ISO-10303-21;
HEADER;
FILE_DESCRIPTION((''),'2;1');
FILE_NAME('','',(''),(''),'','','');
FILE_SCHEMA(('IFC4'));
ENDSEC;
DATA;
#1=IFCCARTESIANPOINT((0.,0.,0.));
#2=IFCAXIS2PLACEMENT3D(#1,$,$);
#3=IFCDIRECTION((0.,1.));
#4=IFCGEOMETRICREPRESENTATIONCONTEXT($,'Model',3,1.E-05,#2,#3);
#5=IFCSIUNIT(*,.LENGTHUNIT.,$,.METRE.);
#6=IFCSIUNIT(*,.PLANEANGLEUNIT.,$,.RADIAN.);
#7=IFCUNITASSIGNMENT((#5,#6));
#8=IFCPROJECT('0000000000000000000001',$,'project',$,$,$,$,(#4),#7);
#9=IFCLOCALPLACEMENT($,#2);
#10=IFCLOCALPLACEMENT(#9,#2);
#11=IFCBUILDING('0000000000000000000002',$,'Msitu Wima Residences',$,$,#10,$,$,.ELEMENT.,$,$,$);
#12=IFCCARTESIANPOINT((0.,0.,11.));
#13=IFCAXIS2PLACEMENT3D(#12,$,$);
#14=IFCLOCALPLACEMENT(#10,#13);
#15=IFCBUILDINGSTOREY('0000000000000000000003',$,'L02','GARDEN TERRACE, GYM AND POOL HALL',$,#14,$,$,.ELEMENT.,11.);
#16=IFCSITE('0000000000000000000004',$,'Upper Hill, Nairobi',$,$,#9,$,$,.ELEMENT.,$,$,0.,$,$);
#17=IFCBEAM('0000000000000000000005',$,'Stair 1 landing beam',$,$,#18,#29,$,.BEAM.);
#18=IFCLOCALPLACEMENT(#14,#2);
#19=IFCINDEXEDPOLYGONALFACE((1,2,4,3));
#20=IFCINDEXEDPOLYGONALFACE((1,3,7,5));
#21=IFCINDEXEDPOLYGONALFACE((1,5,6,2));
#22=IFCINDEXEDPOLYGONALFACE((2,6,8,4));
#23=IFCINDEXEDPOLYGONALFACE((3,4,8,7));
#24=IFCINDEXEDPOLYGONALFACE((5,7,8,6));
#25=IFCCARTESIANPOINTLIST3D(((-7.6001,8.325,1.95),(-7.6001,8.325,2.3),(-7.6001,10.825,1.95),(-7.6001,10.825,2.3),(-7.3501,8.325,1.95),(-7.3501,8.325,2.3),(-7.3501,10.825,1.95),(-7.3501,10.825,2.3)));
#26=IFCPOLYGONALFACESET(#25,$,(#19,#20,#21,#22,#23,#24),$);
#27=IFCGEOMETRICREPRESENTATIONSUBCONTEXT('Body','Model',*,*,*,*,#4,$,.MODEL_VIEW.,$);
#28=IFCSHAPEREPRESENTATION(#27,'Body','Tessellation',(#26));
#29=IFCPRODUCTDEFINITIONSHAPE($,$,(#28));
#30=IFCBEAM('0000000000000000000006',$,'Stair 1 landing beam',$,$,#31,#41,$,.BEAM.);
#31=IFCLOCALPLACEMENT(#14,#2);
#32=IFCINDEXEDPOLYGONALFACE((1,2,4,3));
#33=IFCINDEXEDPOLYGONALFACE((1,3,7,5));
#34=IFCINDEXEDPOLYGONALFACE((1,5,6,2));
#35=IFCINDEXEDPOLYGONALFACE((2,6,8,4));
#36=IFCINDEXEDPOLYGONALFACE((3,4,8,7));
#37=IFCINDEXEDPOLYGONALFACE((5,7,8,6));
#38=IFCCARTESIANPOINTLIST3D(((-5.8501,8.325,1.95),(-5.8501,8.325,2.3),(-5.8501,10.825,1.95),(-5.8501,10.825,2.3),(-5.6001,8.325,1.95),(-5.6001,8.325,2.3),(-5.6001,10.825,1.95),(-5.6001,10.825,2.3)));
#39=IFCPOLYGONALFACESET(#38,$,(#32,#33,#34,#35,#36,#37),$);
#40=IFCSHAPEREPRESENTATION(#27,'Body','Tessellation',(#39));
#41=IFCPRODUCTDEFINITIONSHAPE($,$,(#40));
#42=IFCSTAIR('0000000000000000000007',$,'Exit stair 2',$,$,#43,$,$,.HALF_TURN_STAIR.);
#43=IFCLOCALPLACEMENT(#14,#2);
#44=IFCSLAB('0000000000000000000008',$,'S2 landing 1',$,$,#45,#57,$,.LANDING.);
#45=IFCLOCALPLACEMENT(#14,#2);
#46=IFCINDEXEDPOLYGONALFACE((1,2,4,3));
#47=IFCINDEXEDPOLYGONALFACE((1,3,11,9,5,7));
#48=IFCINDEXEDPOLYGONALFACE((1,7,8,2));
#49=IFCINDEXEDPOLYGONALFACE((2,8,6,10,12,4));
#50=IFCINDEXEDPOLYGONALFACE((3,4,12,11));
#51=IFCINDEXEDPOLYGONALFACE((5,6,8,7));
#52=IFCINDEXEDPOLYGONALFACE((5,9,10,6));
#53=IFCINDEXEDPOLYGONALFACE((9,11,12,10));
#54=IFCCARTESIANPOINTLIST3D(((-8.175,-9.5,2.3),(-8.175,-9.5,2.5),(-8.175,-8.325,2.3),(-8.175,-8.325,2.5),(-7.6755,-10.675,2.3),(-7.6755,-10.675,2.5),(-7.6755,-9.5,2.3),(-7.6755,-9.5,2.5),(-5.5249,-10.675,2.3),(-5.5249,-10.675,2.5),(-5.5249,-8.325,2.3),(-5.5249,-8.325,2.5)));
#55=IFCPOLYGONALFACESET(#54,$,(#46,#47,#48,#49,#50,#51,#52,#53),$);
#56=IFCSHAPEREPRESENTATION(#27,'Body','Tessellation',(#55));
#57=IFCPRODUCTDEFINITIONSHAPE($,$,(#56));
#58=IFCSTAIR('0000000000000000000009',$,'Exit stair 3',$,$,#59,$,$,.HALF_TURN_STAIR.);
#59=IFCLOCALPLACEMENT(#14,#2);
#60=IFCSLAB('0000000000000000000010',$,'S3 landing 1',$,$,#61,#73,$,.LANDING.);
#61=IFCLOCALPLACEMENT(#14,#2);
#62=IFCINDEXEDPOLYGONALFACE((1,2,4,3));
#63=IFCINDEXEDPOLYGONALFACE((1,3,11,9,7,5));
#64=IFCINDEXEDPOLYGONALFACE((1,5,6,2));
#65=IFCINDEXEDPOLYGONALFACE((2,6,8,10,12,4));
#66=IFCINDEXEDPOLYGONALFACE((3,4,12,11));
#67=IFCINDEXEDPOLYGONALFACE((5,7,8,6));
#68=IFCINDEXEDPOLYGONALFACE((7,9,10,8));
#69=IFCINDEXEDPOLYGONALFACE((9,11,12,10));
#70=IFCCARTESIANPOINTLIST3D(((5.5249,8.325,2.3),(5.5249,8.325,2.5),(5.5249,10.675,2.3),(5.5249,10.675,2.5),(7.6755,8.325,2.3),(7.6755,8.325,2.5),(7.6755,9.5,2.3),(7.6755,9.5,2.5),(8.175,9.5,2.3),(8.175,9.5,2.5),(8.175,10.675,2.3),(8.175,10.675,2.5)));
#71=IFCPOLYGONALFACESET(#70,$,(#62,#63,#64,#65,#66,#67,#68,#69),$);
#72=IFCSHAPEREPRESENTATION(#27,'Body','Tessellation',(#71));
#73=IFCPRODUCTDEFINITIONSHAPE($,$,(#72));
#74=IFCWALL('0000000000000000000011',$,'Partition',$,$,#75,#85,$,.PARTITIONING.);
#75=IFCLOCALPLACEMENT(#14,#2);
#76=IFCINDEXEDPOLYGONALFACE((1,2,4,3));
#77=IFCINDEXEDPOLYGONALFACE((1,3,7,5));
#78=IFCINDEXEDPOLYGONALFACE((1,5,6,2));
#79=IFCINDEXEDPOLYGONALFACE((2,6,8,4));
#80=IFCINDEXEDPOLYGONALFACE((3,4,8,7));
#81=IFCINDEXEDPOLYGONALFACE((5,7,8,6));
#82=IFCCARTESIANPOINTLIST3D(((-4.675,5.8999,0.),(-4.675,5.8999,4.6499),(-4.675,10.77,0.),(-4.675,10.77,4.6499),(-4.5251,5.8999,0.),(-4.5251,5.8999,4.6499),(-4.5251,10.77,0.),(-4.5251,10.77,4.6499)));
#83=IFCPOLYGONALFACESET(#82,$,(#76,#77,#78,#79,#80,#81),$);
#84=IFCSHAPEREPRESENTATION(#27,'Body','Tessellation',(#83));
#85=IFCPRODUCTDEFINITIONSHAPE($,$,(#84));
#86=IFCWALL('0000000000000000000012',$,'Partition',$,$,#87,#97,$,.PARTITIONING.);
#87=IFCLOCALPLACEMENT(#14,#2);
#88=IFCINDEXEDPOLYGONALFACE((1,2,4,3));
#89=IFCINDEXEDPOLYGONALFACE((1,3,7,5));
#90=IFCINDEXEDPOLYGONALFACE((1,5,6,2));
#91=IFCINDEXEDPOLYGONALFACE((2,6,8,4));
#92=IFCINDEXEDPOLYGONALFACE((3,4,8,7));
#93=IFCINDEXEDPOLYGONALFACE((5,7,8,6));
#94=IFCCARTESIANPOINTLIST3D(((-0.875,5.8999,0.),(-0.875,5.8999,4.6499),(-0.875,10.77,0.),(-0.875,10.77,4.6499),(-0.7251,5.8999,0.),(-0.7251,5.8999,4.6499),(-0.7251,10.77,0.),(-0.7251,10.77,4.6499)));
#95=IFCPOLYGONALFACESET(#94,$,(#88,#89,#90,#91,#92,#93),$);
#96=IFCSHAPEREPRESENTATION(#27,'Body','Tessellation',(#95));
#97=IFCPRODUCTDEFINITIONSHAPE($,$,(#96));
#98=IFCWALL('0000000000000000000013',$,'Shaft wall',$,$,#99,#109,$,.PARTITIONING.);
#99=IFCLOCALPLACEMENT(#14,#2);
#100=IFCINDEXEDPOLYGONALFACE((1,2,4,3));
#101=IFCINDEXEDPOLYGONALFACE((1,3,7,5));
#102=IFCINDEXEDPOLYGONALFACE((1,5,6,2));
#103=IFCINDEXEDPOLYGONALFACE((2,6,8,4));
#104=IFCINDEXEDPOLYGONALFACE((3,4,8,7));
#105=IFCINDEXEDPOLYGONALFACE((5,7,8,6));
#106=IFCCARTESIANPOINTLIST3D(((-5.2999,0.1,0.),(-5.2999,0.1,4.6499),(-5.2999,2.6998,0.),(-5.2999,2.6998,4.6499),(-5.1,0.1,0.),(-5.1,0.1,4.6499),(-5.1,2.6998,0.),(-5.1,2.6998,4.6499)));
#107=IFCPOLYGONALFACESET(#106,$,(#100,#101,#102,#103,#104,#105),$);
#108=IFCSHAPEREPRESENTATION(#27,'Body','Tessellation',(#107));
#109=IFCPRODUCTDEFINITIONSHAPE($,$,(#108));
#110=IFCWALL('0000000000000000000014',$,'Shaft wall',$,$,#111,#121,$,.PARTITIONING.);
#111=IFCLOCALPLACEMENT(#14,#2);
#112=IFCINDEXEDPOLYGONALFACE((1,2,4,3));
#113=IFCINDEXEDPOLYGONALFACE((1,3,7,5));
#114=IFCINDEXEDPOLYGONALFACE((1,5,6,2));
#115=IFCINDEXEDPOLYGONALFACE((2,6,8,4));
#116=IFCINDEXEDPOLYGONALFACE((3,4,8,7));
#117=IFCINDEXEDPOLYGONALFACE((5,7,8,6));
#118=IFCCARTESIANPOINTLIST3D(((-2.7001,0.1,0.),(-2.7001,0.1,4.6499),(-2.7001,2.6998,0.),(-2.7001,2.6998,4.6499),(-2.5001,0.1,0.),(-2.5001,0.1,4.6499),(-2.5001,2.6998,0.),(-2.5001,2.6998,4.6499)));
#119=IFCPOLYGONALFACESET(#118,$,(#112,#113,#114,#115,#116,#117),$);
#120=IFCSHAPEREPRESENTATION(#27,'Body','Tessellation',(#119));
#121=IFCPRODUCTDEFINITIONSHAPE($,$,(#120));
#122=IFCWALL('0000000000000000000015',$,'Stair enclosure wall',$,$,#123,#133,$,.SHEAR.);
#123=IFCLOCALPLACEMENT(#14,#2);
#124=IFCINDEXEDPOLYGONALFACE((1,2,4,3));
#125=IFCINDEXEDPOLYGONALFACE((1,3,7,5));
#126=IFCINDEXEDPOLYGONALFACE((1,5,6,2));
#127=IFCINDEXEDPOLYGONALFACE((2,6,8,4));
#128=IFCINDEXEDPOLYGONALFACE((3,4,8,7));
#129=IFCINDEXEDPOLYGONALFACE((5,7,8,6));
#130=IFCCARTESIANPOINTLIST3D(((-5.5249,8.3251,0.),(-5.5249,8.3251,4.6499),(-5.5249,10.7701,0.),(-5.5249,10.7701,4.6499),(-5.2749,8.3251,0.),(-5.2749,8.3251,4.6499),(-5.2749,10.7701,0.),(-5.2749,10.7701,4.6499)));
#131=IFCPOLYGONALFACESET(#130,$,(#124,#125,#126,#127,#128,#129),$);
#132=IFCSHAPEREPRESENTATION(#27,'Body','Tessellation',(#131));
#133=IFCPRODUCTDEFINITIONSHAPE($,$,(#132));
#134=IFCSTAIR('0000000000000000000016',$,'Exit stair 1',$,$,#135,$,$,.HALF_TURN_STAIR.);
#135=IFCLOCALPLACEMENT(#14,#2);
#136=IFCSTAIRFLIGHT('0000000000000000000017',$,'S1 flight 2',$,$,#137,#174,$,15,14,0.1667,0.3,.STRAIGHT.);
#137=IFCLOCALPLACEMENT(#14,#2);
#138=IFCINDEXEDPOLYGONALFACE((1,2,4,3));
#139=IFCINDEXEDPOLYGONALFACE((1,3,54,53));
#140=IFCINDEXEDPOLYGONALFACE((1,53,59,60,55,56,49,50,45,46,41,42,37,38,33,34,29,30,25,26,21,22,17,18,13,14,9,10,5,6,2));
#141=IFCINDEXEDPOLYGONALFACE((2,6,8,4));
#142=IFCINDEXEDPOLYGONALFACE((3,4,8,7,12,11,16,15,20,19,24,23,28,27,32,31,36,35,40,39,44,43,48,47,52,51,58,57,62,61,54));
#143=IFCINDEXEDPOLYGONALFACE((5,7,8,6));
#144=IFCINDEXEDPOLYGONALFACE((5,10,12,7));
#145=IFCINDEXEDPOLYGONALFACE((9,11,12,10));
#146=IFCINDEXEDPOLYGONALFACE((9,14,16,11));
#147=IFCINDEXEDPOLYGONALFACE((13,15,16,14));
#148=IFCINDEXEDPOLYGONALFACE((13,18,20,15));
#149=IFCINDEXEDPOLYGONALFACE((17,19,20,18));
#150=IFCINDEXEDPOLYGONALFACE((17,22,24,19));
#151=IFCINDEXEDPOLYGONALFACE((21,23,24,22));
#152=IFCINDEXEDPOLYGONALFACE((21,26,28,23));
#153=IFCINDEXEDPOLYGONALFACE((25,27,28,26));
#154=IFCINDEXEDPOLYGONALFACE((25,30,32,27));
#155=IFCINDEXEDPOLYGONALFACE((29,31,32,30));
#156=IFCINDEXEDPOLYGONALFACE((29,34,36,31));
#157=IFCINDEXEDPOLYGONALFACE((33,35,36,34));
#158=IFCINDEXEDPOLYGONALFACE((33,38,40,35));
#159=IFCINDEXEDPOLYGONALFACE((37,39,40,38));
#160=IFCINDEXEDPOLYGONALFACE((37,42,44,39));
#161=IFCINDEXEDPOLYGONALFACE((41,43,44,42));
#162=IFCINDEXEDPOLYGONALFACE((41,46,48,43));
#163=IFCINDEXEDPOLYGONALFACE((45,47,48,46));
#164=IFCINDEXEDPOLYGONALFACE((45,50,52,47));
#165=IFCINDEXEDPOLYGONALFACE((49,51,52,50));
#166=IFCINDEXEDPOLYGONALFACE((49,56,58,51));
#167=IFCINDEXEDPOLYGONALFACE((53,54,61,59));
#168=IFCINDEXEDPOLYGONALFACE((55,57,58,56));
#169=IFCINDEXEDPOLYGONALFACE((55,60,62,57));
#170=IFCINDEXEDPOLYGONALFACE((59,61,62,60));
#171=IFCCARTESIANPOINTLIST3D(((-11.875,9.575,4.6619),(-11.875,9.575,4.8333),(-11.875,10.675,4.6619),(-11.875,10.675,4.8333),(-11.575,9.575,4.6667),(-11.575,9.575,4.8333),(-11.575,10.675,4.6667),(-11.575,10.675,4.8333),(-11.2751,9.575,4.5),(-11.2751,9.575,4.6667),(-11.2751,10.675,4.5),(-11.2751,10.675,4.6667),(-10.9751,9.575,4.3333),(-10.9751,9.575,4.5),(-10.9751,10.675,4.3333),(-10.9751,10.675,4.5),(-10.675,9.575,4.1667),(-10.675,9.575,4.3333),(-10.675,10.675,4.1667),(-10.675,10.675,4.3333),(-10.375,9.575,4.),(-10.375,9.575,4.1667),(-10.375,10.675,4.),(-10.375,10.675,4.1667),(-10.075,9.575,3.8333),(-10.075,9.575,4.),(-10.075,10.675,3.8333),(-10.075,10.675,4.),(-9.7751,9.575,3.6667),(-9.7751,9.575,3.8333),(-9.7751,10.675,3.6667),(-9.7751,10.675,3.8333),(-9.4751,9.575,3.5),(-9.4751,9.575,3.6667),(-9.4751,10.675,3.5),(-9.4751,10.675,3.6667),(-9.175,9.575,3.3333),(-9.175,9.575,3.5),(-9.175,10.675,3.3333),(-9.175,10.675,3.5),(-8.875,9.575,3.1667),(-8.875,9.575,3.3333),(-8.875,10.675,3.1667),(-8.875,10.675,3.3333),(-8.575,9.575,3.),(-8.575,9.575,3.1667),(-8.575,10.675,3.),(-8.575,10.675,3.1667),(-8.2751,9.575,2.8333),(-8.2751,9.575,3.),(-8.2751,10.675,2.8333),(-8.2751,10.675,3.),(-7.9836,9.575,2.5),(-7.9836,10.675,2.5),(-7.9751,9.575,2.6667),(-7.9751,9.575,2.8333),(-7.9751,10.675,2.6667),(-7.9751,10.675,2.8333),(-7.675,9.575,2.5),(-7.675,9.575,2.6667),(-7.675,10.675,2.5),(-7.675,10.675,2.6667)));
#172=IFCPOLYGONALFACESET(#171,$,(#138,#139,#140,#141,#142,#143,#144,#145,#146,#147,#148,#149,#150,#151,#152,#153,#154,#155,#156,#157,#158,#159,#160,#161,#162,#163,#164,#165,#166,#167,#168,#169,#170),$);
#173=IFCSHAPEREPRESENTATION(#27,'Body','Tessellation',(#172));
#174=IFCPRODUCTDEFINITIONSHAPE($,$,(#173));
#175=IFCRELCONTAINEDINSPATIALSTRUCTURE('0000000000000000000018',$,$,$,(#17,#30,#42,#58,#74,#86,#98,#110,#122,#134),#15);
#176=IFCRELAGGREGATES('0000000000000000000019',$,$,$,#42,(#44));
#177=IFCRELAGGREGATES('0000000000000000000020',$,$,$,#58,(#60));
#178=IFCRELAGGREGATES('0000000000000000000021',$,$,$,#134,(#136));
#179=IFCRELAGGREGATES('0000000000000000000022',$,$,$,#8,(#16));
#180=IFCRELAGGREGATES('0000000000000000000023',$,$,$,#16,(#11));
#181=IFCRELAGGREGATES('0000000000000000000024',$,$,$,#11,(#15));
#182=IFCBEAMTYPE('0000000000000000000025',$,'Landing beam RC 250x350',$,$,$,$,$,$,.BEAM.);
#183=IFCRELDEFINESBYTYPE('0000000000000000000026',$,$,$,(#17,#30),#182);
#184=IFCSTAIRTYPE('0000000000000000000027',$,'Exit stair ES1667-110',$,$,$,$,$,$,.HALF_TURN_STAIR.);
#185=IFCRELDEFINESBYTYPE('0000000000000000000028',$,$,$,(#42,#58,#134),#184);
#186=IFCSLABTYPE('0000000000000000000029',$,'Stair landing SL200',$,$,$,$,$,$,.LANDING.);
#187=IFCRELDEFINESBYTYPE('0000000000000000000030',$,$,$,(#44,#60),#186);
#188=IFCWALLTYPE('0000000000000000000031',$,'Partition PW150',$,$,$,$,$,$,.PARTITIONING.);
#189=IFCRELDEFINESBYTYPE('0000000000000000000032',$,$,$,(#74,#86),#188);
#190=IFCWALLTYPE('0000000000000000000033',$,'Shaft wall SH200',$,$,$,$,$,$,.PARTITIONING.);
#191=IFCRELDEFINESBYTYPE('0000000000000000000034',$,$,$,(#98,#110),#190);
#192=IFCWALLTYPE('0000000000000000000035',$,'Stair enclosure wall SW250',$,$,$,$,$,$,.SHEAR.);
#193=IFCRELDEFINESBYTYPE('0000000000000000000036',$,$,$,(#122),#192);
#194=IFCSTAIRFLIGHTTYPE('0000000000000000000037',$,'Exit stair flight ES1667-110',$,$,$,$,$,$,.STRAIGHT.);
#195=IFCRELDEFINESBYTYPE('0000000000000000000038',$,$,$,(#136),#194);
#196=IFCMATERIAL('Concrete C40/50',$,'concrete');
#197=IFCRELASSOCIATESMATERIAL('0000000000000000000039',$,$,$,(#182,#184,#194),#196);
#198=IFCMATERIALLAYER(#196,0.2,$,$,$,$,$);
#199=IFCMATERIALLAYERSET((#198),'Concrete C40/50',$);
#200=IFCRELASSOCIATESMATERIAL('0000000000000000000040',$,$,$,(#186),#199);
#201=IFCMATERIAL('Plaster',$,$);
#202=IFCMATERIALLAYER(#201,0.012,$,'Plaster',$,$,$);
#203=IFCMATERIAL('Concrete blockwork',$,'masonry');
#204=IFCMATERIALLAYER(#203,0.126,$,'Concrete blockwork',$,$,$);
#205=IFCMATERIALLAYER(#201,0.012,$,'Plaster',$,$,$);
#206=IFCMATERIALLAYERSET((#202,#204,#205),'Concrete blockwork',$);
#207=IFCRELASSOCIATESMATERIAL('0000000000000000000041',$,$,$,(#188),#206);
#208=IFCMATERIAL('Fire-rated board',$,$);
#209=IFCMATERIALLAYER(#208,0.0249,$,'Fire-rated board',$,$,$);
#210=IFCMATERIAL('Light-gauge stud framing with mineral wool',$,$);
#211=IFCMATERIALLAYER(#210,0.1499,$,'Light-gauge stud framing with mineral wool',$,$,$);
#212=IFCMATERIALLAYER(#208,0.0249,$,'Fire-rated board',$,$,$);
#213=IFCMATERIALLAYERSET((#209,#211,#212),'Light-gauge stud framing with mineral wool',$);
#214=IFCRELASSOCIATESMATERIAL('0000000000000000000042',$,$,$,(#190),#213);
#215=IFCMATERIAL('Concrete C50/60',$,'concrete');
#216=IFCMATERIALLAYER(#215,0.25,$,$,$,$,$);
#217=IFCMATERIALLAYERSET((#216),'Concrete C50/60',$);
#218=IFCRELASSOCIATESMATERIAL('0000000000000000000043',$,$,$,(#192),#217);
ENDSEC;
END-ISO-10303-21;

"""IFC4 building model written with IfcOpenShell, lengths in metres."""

from ifc_helpers import new_model, si_unit, direction, frame, frame_2d, origin, origin_2d, place, context, subcontext, project, spatial, polyline, rectangle, outline, extrude, material, layer, layer_set, material_profile, profile_set, type_object, element, aggregate, save


model = new_model("IFC4")

# Units and contexts
model_context = context("Model", 3, precision=1e-05, world=origin(), true_north=direction((0.0, 1.0)))
body_context = subcontext(model_context, "Body", "Model", "MODEL_VIEW")
ifc_project = project(units=[si_unit("LENGTHUNIT", "METRE"), si_unit("PLANEANGLEUNIT", "RADIAN")], contexts=[model_context])

# Site, building, storey
site_placement = place(None, origin())
site = spatial("IfcSite", under=ifc_project, at=site_placement, Name="Upper Hill, Nairobi", CompositionType="ELEMENT", RefElevation=0.0)
building_placement = place(site_placement, origin())
building = spatial("IfcBuilding", under=site, at=building_placement, Name="Msitu Wima Residences", CompositionType="ELEMENT")
storey_placement = place(building_placement, frame((0.0, 0.0, 11.0)))
storey = spatial("IfcBuildingStorey", under=building, at=storey_placement, Name="L02", Description="GARDEN TERRACE, GYM AND POOL HALL", CompositionType="ELEMENT", Elevation=11.0)

# Beams
ifc_material_1 = material(Name="Concrete C40/50", Category="concrete")
ifc_material_profile = material_profile(ifc_material_1, rectangle(XDim=0.25, YDim=0.3501, at=origin_2d()), Name="RC 250x350")
ifc_profile_set = profile_set([ifc_material_profile], Name="Concrete C40/50")
beam_type = type_object("IfcBeamType", Name="Landing beam RC 250x350", PredefinedType="BEAM", material=ifc_profile_set)
for number, where, z_axis, x_axis, name in (
    (1, (-7.4751, 8.325, 2.125), (0.0, 1.0, 0.0), (-1.0, 0.0, 0.0), "Stair 1 landing beam"),
    (2, (-5.7251, 8.325, 2.125), (0.0, 1.0, 0.0), (-1.0, 0.0, 0.0), "Stair 1 landing beam"),
):
    element("IfcBeam", number, at=place(storey_placement, frame(where, z_axis=z_axis, x_axis=x_axis)), inside=storey, type_object=beam_type, Name=name, PredefinedType="BEAM", context=body_context, shape_type="SweptSolid", body=[
        extrude(rectangle(XDim=0.25, YDim=0.3501, at=origin_2d()), origin(), (0.0, 0.0, 1.0), 2.5),
    ])

# Stairs, slabs
stair_type = type_object("IfcStairType", Name="Exit stair ES1667-110", PredefinedType="HALF_TURN_STAIR", material=ifc_material_1)
stair_1_placement = place(storey_placement, origin())
stair_1 = element("IfcStair", 3, at=stair_1_placement, inside=storey, type_object=stair_type, Name="Exit stair 2", PredefinedType="HALF_TURN_STAIR")
ifc_layer_1 = layer(ifc_material_1, 0.2)
ifc_layer_set_1 = layer_set([ifc_layer_1], Name="Concrete C40/50")
slab_type = type_object("IfcSlabType", Name="Stair landing SL200", PredefinedType="LANDING", material=ifc_layer_set_1)
slab_1_placement = place(storey_placement, frame((0.0, 0.0, 2.3)))
slab_1 = element("IfcSlab", 4, at=slab_1_placement, type_object=slab_type, Name="S2 landing 1", PredefinedType="LANDING", context=body_context, shape_type="SweptSolid", body=[
    extrude(outline(polyline([(-5.5249, -10.675), (-7.6755, -10.675), (-7.6755, -9.5), (-8.175, -9.5), (-8.175, -8.325), (-5.5249, -8.325), (-5.5249, -10.675)])), origin(), (0.0, 0.0, 1.0), 0.2),
])
aggregate(stair_1, [slab_1])
stair_2_placement = place(storey_placement, origin())
stair_2 = element("IfcStair", 5, at=stair_2_placement, inside=storey, type_object=stair_type, Name="Exit stair 3", PredefinedType="HALF_TURN_STAIR")
slab_2_placement = place(storey_placement, frame((0.0, 0.0, 2.3)))
slab_2 = element("IfcSlab", 6, at=slab_2_placement, type_object=slab_type, Name="S3 landing 1", PredefinedType="LANDING", context=body_context, shape_type="SweptSolid", body=[
    extrude(outline(polyline([(5.5249, 8.325), (7.6755, 8.325), (7.6755, 9.5), (8.175, 9.5), (8.175, 10.675), (5.5249, 10.675), (5.5249, 8.325)])), origin(), (0.0, 0.0, 1.0), 0.2),
])
aggregate(stair_2, [slab_2])

# Walls
ifc_material_2 = material(Name="Plaster")
ifc_layer_2 = layer(ifc_material_2, 0.012, Name="Plaster")
ifc_material_3 = material(Name="Concrete blockwork", Category="masonry")
ifc_layer_3 = layer(ifc_material_3, 0.126, Name="Concrete blockwork")
ifc_layer_4 = layer(ifc_material_2, 0.012, Name="Plaster")
ifc_layer_set_2 = layer_set([ifc_layer_2, ifc_layer_3, ifc_layer_4], Name="Concrete blockwork")
wall_type_1 = type_object("IfcWallType", Name="Partition PW150", PredefinedType="PARTITIONING", material=ifc_layer_set_2)
for number, where, z_axis, x_axis, name in (
    (7, (-4.6001, 5.8999, 0.0), (0.0, 0.0, 1.0), (0.0, 1.0, 0.0), "Partition"),
    (8, (-0.8, 5.8999, 0.0), (0.0, 0.0, 1.0), (0.0, 1.0, 0.0), "Partition"),
):
    element("IfcWall", number, at=place(storey_placement, frame(where, z_axis=z_axis, x_axis=x_axis)), inside=storey, type_object=wall_type_1, Name=name, PredefinedType="PARTITIONING", context=body_context, shape_type="SweptSolid", body=[
        extrude(rectangle(XDim=4.8701, YDim=0.1499, at=frame_2d((2.4351, 0.0))), origin(), (0.0, 0.0, 1.0), 4.6499),
    ])
ifc_material_4 = material(Name="Fire-rated board")
ifc_layer_5 = layer(ifc_material_4, 0.0249, Name="Fire-rated board")
ifc_material_5 = material(Name="Light-gauge stud framing with mineral wool")
ifc_layer_6 = layer(ifc_material_5, 0.1499, Name="Light-gauge stud framing with mineral wool")
ifc_layer_7 = layer(ifc_material_4, 0.0249, Name="Fire-rated board")
ifc_layer_set_3 = layer_set([ifc_layer_5, ifc_layer_6, ifc_layer_7], Name="Light-gauge stud framing with mineral wool")
wall_type_2 = type_object("IfcWallType", Name="Shaft wall SH200", PredefinedType="PARTITIONING", material=ifc_layer_set_3)
for number, where, z_axis, x_axis, name in (
    (9, (-5.2, 0.1001, 0.0), (0.0, 0.0, 1.0), (0.0, 1.0, 0.0), "Shaft wall"),
    (10, (-2.6001, 0.1001, 0.0), (0.0, 0.0, 1.0), (0.0, 1.0, 0.0), "Shaft wall"),
):
    element("IfcWall", number, at=place(storey_placement, frame(where, z_axis=z_axis, x_axis=x_axis)), inside=storey, type_object=wall_type_2, Name=name, PredefinedType="PARTITIONING", context=body_context, shape_type="SweptSolid", body=[
        extrude(rectangle(XDim=2.5999, YDim=0.2, at=frame_2d((1.2998, 0.0))), origin(), (0.0, 0.0, 1.0), 4.6499),
    ])
ifc_material_6 = material(Name="Concrete C50/60", Category="concrete")
ifc_layer_8 = layer(ifc_material_6, 0.25)
ifc_layer_set_4 = layer_set([ifc_layer_8], Name="Concrete C50/60")
wall_type_3 = type_object("IfcWallType", Name="Stair enclosure wall SW250", PredefinedType="SHEAR", material=ifc_layer_set_4)
wall_placement = place(storey_placement, frame((-5.3999, 8.325, 0.0), z_axis=(0.0, 0.0, 1.0), x_axis=(0.0, 1.0, 0.0)))
element("IfcWall", 11, at=wall_placement, inside=storey, type_object=wall_type_3, Name="Stair enclosure wall", PredefinedType="SHEAR", context=body_context, shape_type="SweptSolid", body=[
    extrude(rectangle(XDim=2.4451, YDim=0.25, at=frame_2d((1.2227, 0.0))), origin(), (0.0, 0.0, 1.0), 4.6499),
])

# Stair, stair flight
stair_3_placement = place(storey_placement, origin())
stair_3 = element("IfcStair", 12, at=stair_3_placement, inside=storey, type_object=stair_type, Name="Exit stair 1", PredefinedType="HALF_TURN_STAIR")
stair_flight_type = type_object("IfcStairFlightType", Name="Exit stair flight ES1667-110", PredefinedType="STRAIGHT", material=ifc_material_1)
stair_flight_placement = place(storey_placement, frame((-7.675, 10.125, 2.5), z_axis=(0.0, 0.0, 1.0), x_axis=(-1.0, 0.0, 0.0)))
stair_flight = element("IfcStairFlight", 13, at=stair_flight_placement, type_object=stair_flight_type, Name="S1 flight 2", NumberOfRisers=15, NumberOfTreads=14, PredefinedType="STRAIGHT", RiserHeight=0.1667, TreadLength=0.3, context=body_context, shape_type="SweptSolid", body=[
    extrude(outline(polyline([(0.0, 0.0), (0.0, 0.1667), (0.3, 0.1667), (0.3, 0.3333), (0.6001, 0.3333), (0.6001, 0.5), (0.8999, 0.5), (0.8999, 0.6667), (1.2, 0.6667), (1.2, 0.8333), (1.5, 0.8333), (1.5, 1.0), (1.8, 1.0), (1.8, 1.1667), (2.1001, 1.1667), (2.1001, 1.3333), (2.3999, 1.3333), (2.3999, 1.5), (2.7, 1.5), (2.7, 1.6667), (3.0, 1.6667), (3.0, 1.8333), (3.3, 1.8333), (3.3, 2.0), (3.6001, 2.0), (3.6001, 2.1667), (3.8999, 2.1667), (3.8999, 2.3333), (4.2, 2.3333), (4.2, 2.5), (4.2, 2.1619), (0.3086, 0.0), (0.0, 0.0)])), frame((0.0, 0.55, 0.0), z_axis=(0.0, -1.0, 0.0), x_axis=(1.0, 0.0, 0.0)), (0.0, 0.0, 1.0), 1.1001),
])
aggregate(stair_3, [stair_flight])

save(model, "model.ifc")
